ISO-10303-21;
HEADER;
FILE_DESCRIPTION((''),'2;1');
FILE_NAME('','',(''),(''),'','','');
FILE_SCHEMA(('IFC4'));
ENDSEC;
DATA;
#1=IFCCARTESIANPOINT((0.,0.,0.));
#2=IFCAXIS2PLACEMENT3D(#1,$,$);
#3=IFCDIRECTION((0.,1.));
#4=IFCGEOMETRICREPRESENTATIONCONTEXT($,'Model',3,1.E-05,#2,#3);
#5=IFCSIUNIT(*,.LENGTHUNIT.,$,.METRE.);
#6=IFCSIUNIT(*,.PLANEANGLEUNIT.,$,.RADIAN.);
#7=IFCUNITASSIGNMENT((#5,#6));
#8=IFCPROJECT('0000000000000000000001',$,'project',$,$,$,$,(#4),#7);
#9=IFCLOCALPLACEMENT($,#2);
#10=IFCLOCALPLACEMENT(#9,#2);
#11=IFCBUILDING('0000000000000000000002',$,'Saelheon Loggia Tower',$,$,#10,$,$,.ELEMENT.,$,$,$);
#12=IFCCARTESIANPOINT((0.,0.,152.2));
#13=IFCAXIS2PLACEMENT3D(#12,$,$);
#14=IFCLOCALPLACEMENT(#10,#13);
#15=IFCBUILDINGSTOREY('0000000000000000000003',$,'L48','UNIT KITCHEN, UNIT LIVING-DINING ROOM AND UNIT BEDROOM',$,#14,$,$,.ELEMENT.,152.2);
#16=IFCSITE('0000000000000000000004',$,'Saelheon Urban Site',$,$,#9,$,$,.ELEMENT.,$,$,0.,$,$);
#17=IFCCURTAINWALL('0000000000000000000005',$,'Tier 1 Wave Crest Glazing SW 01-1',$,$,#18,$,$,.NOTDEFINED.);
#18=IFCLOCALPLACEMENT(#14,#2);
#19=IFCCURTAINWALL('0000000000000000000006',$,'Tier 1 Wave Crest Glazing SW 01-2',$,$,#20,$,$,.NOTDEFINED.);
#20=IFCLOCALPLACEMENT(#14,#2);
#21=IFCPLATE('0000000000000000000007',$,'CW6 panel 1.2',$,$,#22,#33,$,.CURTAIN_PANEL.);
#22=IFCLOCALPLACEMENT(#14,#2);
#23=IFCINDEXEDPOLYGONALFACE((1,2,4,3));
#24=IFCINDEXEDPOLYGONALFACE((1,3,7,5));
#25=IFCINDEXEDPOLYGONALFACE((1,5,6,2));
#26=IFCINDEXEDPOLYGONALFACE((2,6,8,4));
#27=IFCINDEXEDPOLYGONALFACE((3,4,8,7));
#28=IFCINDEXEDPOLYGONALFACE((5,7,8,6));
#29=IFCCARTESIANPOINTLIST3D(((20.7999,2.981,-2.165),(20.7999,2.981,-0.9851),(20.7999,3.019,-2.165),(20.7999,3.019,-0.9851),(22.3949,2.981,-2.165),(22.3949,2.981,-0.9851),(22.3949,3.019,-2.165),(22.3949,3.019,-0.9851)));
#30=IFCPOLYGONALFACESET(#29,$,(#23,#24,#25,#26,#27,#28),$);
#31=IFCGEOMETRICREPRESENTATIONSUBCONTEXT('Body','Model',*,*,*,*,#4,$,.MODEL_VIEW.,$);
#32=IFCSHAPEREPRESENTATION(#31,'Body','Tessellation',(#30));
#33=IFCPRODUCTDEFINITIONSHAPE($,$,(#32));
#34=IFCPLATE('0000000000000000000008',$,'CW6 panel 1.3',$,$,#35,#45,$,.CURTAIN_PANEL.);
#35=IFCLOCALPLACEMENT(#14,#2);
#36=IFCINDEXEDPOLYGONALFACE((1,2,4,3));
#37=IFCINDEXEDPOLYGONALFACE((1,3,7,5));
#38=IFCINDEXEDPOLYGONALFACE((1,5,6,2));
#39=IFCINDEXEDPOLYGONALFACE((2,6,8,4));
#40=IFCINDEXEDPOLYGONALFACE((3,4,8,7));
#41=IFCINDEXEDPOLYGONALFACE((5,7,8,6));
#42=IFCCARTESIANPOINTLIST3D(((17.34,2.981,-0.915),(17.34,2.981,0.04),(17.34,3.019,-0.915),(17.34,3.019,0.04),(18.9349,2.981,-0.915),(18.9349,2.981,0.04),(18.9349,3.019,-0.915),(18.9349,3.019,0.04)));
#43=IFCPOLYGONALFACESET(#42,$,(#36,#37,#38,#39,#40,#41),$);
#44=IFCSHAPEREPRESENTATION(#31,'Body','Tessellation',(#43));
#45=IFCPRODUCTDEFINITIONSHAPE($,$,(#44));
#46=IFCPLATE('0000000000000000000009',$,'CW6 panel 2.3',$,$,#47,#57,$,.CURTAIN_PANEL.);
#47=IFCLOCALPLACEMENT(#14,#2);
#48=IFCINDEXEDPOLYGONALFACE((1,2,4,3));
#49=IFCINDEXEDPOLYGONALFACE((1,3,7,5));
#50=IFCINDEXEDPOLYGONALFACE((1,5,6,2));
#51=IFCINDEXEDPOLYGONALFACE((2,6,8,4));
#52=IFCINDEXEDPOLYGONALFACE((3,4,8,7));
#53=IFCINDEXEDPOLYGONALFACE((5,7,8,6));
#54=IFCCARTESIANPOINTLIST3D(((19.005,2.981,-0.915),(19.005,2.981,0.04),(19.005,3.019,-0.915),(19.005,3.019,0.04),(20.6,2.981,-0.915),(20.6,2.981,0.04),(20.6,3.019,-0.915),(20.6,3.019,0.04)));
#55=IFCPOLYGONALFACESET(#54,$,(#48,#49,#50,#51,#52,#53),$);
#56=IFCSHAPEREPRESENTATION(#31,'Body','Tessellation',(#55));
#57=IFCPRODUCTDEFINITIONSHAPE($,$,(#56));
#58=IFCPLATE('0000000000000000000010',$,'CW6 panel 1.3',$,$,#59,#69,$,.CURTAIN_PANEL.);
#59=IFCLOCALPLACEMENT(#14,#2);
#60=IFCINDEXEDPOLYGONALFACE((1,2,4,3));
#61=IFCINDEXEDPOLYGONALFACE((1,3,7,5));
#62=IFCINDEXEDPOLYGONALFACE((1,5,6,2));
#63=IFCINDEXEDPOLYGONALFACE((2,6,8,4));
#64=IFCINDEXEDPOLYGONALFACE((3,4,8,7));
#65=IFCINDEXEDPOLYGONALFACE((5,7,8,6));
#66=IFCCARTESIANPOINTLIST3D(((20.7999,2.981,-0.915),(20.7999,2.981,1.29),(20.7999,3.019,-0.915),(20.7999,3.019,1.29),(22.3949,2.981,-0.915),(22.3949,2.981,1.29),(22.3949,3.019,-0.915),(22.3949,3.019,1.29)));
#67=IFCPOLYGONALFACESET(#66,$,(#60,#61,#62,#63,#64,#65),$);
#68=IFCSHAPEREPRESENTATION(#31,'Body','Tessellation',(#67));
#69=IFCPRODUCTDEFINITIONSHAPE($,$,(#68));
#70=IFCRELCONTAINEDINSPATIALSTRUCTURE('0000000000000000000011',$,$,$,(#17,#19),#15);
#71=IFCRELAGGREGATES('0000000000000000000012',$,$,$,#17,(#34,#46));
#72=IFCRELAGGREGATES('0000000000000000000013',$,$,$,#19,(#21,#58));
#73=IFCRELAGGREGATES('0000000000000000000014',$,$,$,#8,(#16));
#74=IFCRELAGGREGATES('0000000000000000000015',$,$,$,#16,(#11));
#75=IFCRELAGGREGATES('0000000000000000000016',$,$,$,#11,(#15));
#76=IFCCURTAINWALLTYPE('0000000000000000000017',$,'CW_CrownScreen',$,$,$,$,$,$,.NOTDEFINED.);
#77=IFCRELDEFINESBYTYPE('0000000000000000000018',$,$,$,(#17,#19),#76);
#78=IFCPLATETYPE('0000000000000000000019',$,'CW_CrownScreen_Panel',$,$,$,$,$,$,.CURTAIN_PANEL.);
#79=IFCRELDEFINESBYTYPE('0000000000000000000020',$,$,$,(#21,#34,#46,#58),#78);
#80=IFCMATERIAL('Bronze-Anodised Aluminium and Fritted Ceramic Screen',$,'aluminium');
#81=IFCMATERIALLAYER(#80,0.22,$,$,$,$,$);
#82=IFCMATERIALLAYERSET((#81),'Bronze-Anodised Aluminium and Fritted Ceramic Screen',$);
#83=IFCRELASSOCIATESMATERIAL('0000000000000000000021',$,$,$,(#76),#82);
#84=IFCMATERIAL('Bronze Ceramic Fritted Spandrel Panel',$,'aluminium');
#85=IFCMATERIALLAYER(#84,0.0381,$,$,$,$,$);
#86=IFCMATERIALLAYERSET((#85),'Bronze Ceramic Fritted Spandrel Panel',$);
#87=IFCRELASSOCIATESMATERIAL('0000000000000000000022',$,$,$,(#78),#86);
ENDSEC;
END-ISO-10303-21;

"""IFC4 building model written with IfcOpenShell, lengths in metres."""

from ifc_helpers import new_model, si_unit, direction, frame, origin, origin_2d, place, context, subcontext, project, spatial, rectangle, extrude, source, transform, mapped, material, layer, layer_set, type_object, element, aggregate, save


model = new_model("IFC4")

# Units and contexts
model_context = context("Model", 3, precision=1e-05, world=origin(), true_north=direction((0.0, 1.0)))
body_context = subcontext(model_context, "Body", "Model", "MODEL_VIEW")
ifc_project = project(units=[si_unit("LENGTHUNIT", "METRE"), si_unit("PLANEANGLEUNIT", "RADIAN")], contexts=[model_context])

# Site, building, storey
site_placement = place(None, origin())
site = spatial("IfcSite", under=ifc_project, at=site_placement, Name="Saelheon Urban Site", CompositionType="ELEMENT", RefElevation=0.0)
building_placement = place(site_placement, origin())
building = spatial("IfcBuilding", under=site, at=building_placement, Name="Saelheon Loggia Tower", CompositionType="ELEMENT")
storey_placement = place(building_placement, frame((0.0, 0.0, 152.2)))
storey = spatial("IfcBuildingStorey", under=building, at=storey_placement, Name="L48", Description="UNIT KITCHEN, UNIT LIVING-DINING ROOM AND UNIT BEDROOM", CompositionType="ELEMENT", Elevation=152.2)

# Curtain walls
ifc_material_1 = material(Name="Bronze-Anodised Aluminium and Fritted Ceramic Screen", Category="aluminium")
ifc_layer_1 = layer(ifc_material_1, 0.22)
ifc_layer_set_1 = layer_set([ifc_layer_1], Name="Bronze-Anodised Aluminium and Fritted Ceramic Screen")
curtain_wall_type = type_object("IfcCurtainWallType", Name="CW_CrownScreen", PredefinedType="NOTDEFINED", material=ifc_layer_set_1)
curtain_wall_1_placement = place(storey_placement, origin())
curtain_wall_1 = element("IfcCurtainWall", 1, at=curtain_wall_1_placement, inside=storey, type_object=curtain_wall_type, Name="Tier 1 Wave Crest Glazing SW 01-1", PredefinedType="NOTDEFINED")
curtain_wall_2_placement = place(storey_placement, origin())
curtain_wall_2 = element("IfcCurtainWall", 2, at=curtain_wall_2_placement, inside=storey, type_object=curtain_wall_type, Name="Tier 1 Wave Crest Glazing SW 01-2", PredefinedType="NOTDEFINED")

# Plates
ifc_material_2 = material(Name="Bronze Ceramic Fritted Spandrel Panel", Category="aluminium")
ifc_layer_2 = layer(ifc_material_2, 0.0381)
ifc_layer_set_2 = layer_set([ifc_layer_2], Name="Bronze Ceramic Fritted Spandrel Panel")
plate_type = type_object("IfcPlateType", Name="CW_CrownScreen_Panel", PredefinedType="CURTAIN_PANEL", material=ifc_layer_set_2)
shared_shape_1 = source(origin(), body_context, "Body", "SweptSolid", [
    extrude(rectangle(XDim=1.595, YDim=0.0381, at=origin_2d()), origin(), (0.0, 0.0, 1.0), 1.1799),
])
plate_1_placement = place(storey_placement, frame((21.5974, 3.0, -2.165), z_axis=(0.0, 0.0, 1.0), x_axis=(1.0, 0.0, 0.0)))
plate_1 = element("IfcPlate", 3, at=plate_1_placement, type_object=plate_type, Name="CW6 panel 1.2", PredefinedType="CURTAIN_PANEL", context=body_context, shape_type="MappedRepresentation", body=[
    mapped(shared_shape_1, transform((0.0, 0.0, 0.0), scale=1.0)),
])
shared_shape_2 = source(origin(), body_context, "Body", "SweptSolid", [
    extrude(rectangle(XDim=1.595, YDim=0.0381, at=origin_2d()), origin(), (0.0, 0.0, 1.0), 0.9551),
])
plate_2_placement = place(storey_placement, frame((18.1375, 3.0, -0.915), z_axis=(0.0, 0.0, 1.0), x_axis=(1.0, 0.0, 0.0)))
plate_2 = element("IfcPlate", 4, at=plate_2_placement, type_object=plate_type, Name="CW6 panel 1.3", PredefinedType="CURTAIN_PANEL", context=body_context, shape_type="MappedRepresentation", body=[
    mapped(shared_shape_2, transform((0.0, 0.0, 0.0), scale=1.0)),
])
plate_3_placement = place(storey_placement, frame((19.8025, 3.0, -0.915), z_axis=(0.0, 0.0, 1.0), x_axis=(1.0, 0.0, 0.0)))
plate_3 = element("IfcPlate", 5, at=plate_3_placement, type_object=plate_type, Name="CW6 panel 2.3", PredefinedType="CURTAIN_PANEL", context=body_context, shape_type="MappedRepresentation", body=[
    mapped(shared_shape_2, transform((0.0, 0.0, 0.0), scale=1.0)),
])
aggregate(curtain_wall_1, [plate_2, plate_3])
shared_shape_3 = source(origin(), body_context, "Body", "SweptSolid", [
    extrude(rectangle(XDim=1.595, YDim=0.0381, at=origin_2d()), origin(), (0.0, 0.0, 1.0), 2.2051),
])
plate_4_placement = place(storey_placement, frame((21.5974, 3.0, -0.915), z_axis=(0.0, 0.0, 1.0), x_axis=(1.0, 0.0, 0.0)))
plate_4 = element("IfcPlate", 6, at=plate_4_placement, type_object=plate_type, Name="CW6 panel 1.3", PredefinedType="CURTAIN_PANEL", context=body_context, shape_type="MappedRepresentation", body=[
    mapped(shared_shape_3, transform((0.0, 0.0, 0.0), scale=1.0)),
])
aggregate(curtain_wall_2, [plate_1, plate_4])

save(model, "model.ifc")
